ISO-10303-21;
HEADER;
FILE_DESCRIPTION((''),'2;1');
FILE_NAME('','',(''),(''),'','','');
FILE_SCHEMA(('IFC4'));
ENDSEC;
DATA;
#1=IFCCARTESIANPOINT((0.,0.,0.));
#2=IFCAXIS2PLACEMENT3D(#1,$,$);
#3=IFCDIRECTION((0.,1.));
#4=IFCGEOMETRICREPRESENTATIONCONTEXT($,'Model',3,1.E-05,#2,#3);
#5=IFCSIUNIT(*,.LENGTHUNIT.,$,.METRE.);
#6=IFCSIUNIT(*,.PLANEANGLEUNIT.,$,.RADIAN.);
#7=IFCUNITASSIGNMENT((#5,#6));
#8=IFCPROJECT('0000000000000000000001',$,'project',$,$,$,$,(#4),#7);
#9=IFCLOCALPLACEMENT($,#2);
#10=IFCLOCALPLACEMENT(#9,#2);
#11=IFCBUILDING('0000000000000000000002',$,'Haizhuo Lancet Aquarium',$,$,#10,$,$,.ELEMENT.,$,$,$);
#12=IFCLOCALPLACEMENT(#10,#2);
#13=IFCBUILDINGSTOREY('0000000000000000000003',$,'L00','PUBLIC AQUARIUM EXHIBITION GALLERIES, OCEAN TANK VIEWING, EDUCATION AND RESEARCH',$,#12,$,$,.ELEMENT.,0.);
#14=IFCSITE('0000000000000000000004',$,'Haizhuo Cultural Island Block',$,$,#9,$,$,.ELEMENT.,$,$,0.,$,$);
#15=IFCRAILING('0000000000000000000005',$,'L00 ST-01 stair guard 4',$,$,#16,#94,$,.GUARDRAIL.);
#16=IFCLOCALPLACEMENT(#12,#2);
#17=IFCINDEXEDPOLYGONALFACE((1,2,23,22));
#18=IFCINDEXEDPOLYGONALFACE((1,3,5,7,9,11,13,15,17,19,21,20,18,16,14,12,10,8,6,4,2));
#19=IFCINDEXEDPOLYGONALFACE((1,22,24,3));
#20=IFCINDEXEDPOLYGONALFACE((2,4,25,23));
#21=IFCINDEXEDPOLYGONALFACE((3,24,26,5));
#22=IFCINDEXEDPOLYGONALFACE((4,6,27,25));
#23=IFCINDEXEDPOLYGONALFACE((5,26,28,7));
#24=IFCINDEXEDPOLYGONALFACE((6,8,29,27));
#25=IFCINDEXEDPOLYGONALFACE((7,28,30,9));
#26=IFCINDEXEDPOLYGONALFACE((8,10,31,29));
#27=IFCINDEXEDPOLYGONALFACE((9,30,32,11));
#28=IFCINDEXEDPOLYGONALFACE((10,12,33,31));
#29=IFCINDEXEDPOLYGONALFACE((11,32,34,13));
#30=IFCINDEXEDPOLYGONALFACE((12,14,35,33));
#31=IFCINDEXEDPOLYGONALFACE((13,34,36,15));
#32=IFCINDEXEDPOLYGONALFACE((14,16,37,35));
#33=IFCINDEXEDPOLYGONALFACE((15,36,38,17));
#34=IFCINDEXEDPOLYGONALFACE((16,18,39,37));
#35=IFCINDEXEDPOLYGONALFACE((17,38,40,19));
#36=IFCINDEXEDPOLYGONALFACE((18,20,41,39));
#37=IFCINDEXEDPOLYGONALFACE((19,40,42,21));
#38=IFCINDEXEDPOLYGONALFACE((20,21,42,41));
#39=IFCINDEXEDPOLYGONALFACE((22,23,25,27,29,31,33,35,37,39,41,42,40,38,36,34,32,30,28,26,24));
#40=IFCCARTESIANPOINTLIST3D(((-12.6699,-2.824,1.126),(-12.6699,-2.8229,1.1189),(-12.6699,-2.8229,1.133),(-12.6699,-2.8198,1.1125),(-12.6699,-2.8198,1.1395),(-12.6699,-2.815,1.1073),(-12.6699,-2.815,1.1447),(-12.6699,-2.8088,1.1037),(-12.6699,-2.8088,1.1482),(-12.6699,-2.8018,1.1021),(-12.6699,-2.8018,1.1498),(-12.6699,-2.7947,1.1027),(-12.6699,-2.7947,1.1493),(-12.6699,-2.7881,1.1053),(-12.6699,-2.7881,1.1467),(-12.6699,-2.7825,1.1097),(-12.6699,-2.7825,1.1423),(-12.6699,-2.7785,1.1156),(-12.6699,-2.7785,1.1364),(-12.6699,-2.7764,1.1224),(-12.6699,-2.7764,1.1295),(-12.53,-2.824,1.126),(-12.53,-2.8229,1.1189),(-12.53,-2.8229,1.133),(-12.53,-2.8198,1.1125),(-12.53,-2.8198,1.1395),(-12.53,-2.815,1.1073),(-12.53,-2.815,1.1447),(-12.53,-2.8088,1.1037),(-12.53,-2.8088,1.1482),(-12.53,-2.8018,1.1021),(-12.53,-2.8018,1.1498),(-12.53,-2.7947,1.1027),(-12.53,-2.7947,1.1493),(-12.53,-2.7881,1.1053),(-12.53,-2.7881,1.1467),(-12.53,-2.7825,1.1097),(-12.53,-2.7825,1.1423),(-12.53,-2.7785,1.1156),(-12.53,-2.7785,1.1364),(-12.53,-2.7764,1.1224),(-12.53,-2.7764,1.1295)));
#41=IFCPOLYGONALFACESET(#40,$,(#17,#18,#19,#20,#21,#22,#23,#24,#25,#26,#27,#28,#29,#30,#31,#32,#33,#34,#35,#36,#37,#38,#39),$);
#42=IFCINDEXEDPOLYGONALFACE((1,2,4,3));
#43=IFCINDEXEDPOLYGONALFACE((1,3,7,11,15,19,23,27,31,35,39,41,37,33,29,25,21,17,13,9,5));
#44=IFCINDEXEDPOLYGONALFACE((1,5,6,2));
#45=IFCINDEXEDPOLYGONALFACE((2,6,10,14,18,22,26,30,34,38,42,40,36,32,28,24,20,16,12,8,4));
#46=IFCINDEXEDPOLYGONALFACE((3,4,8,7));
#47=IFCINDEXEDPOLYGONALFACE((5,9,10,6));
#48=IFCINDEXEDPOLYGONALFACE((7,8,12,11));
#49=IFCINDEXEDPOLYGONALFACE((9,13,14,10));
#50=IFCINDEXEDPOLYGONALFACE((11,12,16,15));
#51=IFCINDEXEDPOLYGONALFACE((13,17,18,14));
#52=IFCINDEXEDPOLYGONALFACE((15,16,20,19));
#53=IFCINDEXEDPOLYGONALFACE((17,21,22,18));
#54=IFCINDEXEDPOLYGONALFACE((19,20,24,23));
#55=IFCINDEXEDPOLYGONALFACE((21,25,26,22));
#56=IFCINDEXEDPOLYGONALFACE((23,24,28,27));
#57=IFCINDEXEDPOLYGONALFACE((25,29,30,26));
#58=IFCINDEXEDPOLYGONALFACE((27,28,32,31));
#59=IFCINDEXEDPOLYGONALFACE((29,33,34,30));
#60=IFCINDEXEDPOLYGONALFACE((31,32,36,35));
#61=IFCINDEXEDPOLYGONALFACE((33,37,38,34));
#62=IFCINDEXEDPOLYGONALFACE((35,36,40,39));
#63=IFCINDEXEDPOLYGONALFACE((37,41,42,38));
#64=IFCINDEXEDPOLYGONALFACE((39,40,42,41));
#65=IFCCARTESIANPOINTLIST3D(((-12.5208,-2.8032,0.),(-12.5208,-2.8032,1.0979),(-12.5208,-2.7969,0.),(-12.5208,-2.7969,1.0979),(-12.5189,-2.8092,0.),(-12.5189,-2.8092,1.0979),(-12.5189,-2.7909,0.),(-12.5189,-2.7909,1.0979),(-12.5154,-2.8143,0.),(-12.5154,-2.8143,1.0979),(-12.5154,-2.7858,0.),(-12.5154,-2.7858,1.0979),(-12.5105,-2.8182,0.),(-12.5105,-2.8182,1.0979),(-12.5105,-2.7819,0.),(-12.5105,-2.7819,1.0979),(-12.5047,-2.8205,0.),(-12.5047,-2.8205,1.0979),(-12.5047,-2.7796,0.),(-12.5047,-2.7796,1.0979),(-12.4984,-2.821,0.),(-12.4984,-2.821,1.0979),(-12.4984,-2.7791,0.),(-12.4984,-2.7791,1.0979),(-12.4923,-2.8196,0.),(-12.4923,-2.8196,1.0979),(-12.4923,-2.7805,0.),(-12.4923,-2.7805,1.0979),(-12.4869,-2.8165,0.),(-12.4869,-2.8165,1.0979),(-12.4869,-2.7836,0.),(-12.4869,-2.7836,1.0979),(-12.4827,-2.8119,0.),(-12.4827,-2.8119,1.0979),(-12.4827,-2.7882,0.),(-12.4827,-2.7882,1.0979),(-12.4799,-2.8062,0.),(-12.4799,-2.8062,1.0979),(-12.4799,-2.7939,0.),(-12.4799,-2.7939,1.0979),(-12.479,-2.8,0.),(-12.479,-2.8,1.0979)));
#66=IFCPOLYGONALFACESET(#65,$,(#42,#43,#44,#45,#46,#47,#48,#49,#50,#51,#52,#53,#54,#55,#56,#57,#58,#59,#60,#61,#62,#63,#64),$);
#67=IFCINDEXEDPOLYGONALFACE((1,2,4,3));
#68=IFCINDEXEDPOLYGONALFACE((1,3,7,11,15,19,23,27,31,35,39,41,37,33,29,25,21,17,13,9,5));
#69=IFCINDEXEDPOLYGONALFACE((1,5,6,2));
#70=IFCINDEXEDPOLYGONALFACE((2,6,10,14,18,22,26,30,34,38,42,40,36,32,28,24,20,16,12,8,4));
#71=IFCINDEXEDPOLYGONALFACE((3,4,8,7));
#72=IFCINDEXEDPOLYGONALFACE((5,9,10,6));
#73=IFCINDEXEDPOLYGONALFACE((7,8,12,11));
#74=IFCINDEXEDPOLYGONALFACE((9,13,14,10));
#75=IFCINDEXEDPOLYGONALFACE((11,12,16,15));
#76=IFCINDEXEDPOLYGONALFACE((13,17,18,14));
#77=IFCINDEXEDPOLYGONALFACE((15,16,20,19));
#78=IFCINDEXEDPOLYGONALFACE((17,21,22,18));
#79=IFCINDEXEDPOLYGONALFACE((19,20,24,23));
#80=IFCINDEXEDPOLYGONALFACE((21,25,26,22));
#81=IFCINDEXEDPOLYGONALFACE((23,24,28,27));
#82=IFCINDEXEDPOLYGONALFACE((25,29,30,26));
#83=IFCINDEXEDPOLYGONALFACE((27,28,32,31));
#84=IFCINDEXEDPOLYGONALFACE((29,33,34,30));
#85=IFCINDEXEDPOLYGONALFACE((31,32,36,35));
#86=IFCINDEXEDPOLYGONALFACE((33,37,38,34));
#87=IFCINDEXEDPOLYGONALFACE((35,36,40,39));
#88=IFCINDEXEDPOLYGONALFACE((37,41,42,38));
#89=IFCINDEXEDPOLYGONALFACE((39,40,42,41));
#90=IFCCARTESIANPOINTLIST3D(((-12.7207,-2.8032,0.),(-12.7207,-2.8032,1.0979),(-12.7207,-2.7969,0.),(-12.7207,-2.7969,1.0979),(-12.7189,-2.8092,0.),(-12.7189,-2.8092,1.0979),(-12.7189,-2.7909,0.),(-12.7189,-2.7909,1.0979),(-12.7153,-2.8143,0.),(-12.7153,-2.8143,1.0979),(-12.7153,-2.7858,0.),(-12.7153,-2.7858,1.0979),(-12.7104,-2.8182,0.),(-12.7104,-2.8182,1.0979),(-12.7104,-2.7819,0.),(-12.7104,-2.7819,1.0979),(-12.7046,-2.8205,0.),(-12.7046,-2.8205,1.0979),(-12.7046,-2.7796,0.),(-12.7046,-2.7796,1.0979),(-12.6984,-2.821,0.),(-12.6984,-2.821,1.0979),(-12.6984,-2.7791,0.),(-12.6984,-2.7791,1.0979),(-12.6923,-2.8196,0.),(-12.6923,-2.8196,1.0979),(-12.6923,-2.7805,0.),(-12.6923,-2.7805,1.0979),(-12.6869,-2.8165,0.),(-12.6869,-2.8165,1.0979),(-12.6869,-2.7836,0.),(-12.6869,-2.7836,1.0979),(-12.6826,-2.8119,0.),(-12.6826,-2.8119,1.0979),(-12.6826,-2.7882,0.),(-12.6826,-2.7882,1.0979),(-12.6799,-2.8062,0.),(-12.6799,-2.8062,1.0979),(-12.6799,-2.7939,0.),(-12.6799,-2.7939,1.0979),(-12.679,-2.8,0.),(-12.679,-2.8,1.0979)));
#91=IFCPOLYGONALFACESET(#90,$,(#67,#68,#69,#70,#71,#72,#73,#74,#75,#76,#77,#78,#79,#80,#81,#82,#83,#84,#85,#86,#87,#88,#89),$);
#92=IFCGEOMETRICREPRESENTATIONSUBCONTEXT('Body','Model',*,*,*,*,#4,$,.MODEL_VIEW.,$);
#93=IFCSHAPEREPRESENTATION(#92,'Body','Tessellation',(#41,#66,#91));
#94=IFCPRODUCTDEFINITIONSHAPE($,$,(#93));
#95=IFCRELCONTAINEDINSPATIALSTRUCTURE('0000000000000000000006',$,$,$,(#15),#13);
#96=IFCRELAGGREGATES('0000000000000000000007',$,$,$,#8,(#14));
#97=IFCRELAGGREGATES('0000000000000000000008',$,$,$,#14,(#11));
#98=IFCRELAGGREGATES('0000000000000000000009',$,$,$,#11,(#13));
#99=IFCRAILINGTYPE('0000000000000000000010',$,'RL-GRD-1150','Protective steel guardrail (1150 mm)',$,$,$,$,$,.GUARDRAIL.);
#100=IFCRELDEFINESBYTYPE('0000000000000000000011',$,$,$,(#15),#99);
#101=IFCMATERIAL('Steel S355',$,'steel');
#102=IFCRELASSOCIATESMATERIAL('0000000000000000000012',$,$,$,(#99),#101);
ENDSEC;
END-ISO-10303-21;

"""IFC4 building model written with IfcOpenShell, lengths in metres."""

from ifc_helpers import new_model, si_unit, direction, frame, origin, origin_2d, place, context, subcontext, project, spatial, circle, extrude, material, type_object, element, save


model = new_model("IFC4")

# Units and contexts
model_context = context("Model", 3, precision=1e-05, world=origin(), true_north=direction((0.0, 1.0)))
body_context = subcontext(model_context, "Body", "Model", "MODEL_VIEW")
ifc_project = project(units=[si_unit("LENGTHUNIT", "METRE"), si_unit("PLANEANGLEUNIT", "RADIAN")], contexts=[model_context])

# Site, building, storey
site_placement = place(None, origin())
site = spatial("IfcSite", under=ifc_project, at=site_placement, Name="Haizhuo Cultural Island Block", CompositionType="ELEMENT", RefElevation=0.0)
building_placement = place(site_placement, origin())
building = spatial("IfcBuilding", under=site, at=building_placement, Name="Haizhuo Lancet Aquarium", CompositionType="ELEMENT")
storey_placement = place(building_placement, origin())
storey = spatial("IfcBuildingStorey", under=building, at=storey_placement, Name="L00", Description="PUBLIC AQUARIUM EXHIBITION GALLERIES, OCEAN TANK VIEWING, EDUCATION AND RESEARCH", CompositionType="ELEMENT", Elevation=0.0)

# Railing
ifc_material_1 = material(Name="Steel S355", Category="steel")
railing_type_1 = type_object("IfcRailingType", Name="RL-GRD-1150", Description="Protective steel guardrail (1150 mm)", PredefinedType="GUARDRAIL", material=ifc_material_1)
railing_1_placement = place(storey_placement, frame((-12.5, -2.8, 0.0)))
element("IfcRailing", 1, at=railing_1_placement, inside=storey, type_object=railing_type_1, Name="L00 ST-01 stair guard 4", PredefinedType="GUARDRAIL", context=body_context, shape_type="SweptSolid", body=[
    extrude(circle(Radius=0.0239, at=origin_2d()), frame((-0.03, 0.0, 1.126), z_axis=(-1.0, 0.0, 0.0), x_axis=(0.0, -1.0, 0.0)), (0.0, 0.0, 1.0), 0.1399),
    extrude(circle(Radius=0.021, at=origin_2d()), origin(), (0.0, 0.0, 1.0), 1.0979),
    extrude(circle(Radius=0.021, at=origin_2d()), frame((-0.2, 0.0, 0.0)), (0.0, 0.0, 1.0), 1.0979),
])

save(model, "model.ifc")
